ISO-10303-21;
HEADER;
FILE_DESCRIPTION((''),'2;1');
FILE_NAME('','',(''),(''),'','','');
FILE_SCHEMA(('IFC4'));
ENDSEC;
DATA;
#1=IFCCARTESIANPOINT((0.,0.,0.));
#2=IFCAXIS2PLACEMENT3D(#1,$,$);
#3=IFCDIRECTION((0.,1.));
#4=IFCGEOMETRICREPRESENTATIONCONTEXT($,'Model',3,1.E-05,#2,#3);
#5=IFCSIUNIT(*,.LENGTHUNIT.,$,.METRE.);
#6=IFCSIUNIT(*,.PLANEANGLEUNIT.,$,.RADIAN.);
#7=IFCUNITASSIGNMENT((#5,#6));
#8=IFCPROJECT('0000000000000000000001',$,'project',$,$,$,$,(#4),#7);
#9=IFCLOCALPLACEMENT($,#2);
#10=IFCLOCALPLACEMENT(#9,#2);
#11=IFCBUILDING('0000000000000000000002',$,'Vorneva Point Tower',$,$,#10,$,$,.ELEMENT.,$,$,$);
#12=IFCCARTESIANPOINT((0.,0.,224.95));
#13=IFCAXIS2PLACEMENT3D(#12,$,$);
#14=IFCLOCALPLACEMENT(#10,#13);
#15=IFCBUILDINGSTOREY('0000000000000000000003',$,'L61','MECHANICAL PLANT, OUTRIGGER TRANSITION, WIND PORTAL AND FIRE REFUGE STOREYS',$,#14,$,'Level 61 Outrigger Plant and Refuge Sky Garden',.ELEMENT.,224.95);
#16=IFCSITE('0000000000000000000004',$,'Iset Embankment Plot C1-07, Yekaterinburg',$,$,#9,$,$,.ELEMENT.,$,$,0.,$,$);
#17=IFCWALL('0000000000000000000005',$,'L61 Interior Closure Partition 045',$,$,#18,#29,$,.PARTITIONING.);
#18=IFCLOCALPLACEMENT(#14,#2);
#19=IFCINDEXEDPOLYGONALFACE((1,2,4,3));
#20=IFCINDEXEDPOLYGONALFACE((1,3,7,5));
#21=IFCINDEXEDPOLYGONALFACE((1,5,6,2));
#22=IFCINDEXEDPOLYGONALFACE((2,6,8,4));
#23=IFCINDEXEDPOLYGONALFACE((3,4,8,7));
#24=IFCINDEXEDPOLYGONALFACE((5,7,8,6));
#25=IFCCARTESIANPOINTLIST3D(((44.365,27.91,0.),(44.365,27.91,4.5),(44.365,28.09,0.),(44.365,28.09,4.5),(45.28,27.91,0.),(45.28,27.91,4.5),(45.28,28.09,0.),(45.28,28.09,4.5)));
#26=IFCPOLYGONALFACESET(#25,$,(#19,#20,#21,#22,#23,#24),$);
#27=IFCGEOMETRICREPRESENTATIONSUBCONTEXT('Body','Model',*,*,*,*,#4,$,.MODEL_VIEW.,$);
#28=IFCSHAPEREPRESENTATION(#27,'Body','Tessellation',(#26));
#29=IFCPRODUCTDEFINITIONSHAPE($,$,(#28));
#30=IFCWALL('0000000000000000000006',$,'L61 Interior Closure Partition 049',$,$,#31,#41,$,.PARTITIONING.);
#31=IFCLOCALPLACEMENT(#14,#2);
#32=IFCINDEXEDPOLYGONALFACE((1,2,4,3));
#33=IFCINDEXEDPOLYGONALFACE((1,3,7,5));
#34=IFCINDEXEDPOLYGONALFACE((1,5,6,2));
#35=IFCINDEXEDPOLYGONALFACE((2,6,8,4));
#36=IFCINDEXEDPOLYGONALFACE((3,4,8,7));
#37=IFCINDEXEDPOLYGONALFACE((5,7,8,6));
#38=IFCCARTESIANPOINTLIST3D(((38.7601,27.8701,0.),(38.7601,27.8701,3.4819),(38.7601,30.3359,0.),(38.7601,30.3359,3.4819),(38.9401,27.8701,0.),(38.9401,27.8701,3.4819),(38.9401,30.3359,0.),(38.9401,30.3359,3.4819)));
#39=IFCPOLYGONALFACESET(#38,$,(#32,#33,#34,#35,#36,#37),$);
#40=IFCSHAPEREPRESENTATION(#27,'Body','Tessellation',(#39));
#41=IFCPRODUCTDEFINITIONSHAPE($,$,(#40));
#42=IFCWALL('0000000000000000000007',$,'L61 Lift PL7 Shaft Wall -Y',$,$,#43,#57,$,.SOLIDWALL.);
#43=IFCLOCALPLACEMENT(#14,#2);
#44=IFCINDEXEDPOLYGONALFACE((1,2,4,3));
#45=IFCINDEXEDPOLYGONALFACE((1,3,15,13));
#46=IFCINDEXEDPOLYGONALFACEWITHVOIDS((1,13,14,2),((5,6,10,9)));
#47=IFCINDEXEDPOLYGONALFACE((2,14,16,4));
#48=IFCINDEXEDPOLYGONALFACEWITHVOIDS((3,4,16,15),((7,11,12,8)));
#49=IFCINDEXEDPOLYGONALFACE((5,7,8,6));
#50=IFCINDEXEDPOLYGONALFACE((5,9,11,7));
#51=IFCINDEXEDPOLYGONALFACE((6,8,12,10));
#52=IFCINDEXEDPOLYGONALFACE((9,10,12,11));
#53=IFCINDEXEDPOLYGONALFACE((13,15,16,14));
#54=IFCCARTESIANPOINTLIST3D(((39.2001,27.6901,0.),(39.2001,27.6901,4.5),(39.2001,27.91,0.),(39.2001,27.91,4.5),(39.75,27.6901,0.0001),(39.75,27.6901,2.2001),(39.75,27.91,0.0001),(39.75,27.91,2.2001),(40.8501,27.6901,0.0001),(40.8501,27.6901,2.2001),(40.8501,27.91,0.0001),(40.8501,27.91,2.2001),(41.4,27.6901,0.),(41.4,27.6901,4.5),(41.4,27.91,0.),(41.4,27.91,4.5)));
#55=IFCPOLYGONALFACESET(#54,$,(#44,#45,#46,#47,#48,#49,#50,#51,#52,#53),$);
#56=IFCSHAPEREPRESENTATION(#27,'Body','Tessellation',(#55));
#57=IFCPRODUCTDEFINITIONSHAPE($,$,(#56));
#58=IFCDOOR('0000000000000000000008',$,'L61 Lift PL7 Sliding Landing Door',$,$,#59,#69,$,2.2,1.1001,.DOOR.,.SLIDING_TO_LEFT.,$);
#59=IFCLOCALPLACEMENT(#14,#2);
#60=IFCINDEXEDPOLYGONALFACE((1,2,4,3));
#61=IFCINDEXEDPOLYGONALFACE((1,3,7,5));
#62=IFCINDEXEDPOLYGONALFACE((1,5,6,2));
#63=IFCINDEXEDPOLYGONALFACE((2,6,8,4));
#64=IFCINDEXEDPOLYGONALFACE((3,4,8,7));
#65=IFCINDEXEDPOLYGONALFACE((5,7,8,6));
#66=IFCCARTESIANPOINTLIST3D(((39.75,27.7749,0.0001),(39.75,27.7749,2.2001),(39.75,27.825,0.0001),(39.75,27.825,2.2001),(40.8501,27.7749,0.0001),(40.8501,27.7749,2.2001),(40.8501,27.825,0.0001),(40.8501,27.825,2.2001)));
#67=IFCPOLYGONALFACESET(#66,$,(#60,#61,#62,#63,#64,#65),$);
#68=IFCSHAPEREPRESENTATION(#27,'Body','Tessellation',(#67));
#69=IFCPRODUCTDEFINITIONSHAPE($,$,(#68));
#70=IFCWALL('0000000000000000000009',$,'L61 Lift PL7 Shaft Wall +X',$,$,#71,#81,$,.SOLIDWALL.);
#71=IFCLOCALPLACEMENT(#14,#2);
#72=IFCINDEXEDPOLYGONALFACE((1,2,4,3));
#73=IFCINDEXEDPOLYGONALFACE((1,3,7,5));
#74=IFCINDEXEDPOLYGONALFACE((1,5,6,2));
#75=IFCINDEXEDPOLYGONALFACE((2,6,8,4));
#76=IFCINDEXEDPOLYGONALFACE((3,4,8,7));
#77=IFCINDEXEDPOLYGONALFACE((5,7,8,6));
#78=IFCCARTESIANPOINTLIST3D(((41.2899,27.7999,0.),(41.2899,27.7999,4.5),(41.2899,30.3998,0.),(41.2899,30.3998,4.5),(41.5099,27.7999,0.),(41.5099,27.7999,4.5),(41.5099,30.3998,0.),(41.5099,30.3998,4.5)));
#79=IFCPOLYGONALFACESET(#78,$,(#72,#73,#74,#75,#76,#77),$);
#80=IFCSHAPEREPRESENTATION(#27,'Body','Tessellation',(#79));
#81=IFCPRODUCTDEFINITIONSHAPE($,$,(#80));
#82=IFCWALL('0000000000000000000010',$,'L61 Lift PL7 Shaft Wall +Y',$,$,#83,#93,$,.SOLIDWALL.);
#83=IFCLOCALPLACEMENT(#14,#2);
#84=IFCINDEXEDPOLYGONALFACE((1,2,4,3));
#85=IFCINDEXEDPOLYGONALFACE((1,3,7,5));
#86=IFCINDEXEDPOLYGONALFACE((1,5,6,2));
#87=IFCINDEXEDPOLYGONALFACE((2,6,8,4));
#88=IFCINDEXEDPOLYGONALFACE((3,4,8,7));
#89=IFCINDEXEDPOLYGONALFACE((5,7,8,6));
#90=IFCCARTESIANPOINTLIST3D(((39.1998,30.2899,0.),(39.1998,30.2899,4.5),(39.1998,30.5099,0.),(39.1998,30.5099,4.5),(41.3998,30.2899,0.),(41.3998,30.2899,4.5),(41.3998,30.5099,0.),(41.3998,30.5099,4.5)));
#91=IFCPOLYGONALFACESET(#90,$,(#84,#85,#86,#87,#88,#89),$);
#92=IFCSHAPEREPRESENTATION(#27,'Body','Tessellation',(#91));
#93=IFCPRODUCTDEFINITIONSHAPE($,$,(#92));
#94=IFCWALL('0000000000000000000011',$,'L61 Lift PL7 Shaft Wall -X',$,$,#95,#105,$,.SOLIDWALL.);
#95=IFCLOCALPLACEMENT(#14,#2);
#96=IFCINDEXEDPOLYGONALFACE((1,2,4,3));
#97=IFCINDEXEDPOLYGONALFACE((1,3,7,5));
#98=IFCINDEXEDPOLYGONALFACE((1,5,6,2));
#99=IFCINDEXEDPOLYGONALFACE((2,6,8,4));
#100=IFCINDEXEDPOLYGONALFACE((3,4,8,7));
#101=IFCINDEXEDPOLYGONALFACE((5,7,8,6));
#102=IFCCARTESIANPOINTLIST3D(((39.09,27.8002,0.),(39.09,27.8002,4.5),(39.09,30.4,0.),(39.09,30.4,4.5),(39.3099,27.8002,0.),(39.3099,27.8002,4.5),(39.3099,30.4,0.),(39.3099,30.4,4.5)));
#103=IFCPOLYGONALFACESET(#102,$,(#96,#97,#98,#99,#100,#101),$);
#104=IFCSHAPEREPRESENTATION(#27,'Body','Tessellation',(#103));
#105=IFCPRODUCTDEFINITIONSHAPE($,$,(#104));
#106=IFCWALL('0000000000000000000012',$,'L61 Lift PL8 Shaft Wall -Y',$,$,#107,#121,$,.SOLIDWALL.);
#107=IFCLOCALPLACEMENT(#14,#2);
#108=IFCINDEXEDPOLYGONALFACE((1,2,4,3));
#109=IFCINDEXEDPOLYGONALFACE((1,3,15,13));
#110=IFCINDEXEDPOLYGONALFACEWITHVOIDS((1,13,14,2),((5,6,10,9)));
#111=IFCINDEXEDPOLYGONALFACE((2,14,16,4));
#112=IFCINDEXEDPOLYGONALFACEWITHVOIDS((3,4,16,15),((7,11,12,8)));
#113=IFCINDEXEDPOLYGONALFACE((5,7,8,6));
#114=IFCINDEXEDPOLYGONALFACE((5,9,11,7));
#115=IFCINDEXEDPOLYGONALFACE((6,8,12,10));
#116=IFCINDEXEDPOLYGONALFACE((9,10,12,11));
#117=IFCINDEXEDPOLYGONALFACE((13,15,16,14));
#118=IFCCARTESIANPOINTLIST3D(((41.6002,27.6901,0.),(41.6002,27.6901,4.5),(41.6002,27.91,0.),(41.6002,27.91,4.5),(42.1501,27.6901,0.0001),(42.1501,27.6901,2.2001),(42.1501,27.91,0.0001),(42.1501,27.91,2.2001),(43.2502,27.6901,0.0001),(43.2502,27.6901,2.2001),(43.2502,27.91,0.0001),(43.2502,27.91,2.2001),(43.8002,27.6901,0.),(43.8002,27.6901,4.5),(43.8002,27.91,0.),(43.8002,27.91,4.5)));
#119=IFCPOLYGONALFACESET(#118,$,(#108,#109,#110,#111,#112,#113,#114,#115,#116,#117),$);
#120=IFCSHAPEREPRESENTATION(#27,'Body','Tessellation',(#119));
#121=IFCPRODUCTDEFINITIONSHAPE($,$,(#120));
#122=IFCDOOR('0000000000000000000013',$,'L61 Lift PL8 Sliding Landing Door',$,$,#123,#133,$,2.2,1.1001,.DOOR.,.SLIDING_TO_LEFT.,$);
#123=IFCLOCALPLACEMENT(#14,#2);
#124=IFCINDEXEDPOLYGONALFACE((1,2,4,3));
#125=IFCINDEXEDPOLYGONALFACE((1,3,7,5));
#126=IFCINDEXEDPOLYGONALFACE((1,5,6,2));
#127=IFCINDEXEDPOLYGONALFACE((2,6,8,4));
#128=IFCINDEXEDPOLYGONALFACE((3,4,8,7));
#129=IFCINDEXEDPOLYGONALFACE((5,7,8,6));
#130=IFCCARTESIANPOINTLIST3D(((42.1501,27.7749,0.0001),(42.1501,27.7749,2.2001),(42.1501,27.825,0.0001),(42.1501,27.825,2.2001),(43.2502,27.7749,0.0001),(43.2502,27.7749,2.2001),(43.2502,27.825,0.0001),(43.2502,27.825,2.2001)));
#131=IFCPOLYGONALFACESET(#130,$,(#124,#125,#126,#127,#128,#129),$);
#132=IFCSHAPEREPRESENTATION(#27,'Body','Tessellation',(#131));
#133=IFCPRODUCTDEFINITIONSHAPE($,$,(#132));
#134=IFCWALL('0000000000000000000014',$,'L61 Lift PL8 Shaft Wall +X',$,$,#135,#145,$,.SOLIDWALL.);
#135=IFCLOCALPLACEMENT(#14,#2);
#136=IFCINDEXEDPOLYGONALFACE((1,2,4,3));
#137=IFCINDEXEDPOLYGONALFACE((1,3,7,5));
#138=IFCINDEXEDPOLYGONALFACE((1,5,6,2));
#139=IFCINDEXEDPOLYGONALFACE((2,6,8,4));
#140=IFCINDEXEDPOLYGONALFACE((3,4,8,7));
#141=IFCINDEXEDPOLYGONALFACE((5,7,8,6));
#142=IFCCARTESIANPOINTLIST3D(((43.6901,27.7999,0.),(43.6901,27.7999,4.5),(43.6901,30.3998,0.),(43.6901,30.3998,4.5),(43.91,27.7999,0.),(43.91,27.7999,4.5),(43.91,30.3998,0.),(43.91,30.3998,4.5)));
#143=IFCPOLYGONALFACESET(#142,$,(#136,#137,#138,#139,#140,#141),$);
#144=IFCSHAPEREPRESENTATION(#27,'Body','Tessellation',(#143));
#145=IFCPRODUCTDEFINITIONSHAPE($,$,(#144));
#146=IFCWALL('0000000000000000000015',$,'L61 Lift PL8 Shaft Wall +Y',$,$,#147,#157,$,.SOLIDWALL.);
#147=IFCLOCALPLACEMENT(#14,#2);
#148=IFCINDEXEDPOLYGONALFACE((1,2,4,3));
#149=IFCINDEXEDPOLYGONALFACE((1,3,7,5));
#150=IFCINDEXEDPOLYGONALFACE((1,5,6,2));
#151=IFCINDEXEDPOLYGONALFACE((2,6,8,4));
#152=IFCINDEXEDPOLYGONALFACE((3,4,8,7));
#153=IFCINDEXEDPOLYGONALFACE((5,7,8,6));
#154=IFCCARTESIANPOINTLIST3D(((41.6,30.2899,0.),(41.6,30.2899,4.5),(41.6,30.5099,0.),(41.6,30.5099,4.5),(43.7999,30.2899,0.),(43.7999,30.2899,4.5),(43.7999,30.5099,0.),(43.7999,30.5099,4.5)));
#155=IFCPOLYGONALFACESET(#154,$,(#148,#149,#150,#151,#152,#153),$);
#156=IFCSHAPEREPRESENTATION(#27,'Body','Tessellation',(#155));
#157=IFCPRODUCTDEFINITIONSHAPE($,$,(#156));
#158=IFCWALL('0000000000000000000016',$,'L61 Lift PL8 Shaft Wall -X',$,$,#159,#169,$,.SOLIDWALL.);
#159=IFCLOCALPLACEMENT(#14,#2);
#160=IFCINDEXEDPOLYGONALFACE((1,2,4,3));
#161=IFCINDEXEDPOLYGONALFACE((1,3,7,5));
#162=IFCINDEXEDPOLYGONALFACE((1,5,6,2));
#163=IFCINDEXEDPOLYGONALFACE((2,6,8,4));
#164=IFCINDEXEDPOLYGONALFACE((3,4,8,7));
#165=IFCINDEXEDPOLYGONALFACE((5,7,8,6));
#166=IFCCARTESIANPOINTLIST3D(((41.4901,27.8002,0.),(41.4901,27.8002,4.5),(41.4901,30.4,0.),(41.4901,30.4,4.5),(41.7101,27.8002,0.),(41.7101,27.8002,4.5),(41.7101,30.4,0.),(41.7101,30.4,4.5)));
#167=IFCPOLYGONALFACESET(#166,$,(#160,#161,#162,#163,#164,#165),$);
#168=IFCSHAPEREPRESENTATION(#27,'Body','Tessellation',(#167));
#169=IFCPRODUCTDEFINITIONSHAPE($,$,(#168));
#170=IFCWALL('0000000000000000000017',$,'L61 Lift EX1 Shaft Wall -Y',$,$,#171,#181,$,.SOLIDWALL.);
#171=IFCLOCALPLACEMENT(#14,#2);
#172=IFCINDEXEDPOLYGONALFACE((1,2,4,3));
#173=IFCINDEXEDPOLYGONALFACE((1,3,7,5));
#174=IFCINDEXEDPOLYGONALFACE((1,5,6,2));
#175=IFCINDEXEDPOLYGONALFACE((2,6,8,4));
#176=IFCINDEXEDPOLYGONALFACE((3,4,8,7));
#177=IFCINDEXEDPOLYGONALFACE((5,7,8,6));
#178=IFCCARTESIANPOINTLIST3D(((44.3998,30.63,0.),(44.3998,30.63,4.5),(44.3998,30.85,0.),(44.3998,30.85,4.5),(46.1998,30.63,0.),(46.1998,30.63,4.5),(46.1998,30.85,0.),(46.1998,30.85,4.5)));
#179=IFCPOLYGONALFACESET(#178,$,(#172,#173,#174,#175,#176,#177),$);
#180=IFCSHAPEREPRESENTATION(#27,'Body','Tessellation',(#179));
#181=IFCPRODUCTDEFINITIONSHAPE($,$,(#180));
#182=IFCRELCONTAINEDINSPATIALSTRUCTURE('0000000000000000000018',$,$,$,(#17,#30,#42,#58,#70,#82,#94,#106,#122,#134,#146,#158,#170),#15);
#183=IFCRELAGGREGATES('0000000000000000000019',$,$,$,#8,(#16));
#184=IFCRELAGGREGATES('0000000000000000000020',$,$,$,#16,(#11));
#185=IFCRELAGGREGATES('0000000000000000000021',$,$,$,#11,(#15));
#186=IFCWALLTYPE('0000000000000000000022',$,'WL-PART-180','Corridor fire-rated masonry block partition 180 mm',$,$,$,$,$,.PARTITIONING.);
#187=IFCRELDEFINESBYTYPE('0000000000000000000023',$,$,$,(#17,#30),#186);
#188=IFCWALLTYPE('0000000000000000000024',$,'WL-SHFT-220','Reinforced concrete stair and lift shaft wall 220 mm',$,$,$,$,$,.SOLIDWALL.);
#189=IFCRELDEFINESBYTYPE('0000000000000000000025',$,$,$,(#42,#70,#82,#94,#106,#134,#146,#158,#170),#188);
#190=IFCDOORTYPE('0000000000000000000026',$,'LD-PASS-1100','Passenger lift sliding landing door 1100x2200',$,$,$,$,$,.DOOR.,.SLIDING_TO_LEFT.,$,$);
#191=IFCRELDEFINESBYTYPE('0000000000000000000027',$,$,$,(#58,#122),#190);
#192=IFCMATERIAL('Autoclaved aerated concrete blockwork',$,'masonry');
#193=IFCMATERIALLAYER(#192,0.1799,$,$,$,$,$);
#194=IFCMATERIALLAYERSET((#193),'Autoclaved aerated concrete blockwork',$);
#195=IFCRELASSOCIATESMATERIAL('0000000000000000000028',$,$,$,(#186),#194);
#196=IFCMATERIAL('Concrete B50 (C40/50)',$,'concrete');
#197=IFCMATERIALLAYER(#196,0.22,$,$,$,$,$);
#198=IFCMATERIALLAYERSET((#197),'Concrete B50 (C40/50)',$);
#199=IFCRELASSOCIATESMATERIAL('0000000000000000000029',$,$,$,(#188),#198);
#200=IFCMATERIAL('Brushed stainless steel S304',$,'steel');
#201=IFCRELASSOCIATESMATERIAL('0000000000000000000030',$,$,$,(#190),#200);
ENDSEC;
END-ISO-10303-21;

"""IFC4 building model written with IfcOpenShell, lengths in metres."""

from ifc_helpers import new_model, si_unit, direction, frame, frame_2d, origin, place, context, subcontext, project, spatial, rectangle, extrude, material, layer, layer_set, type_object, element, fill, save


model = new_model("IFC4")

# Units and contexts
model_context = context("Model", 3, precision=1e-05, world=origin(), true_north=direction((0.0, 1.0)))
body_context = subcontext(model_context, "Body", "Model", "MODEL_VIEW")
ifc_project = project(units=[si_unit("LENGTHUNIT", "METRE"), si_unit("PLANEANGLEUNIT", "RADIAN")], contexts=[model_context])

# Site, building, storey
site_placement = place(None, origin())
site = spatial("IfcSite", under=ifc_project, at=site_placement, Name="Iset Embankment Plot C1-07, Yekaterinburg", CompositionType="ELEMENT", RefElevation=0.0)
building_placement = place(site_placement, origin())
building = spatial("IfcBuilding", under=site, at=building_placement, Name="Vorneva Point Tower", CompositionType="ELEMENT")
storey_placement = place(building_placement, frame((0.0, 0.0, 224.95)))
storey = spatial("IfcBuildingStorey", under=building, at=storey_placement, Name="L61", Description="MECHANICAL PLANT, OUTRIGGER TRANSITION, WIND PORTAL AND FIRE REFUGE STOREYS", LongName="Level 61 Outrigger Plant and Refuge Sky Garden", CompositionType="ELEMENT", Elevation=224.95)

# Shared definitions
ifc_material_1 = material(Name="Concrete B50 (C40/50)", Category="concrete")

# Shared definitions
ifc_material_2 = material(Name="Brushed stainless steel S304", Category="steel")

# Shared definitions
ifc_material_3 = material(Name="Autoclaved aerated concrete blockwork", Category="masonry")
ifc_layer_1 = layer(ifc_material_3, 0.1799)
ifc_layer_set_1 = layer_set([ifc_layer_1], Name="Autoclaved aerated concrete blockwork")
wall_type_1 = type_object("IfcWallType", Name="WL-PART-180", Description="Corridor fire-rated masonry block partition 180 mm", PredefinedType="PARTITIONING", material=ifc_layer_set_1)

# Walls
wall_1_placement = place(storey_placement, frame((45.28, 28.0, 0.0), z_axis=(0.0, 0.0, 1.0), x_axis=(-1.0, 0.0, 0.0)))
element("IfcWall", 1, at=wall_1_placement, inside=storey, type_object=wall_type_1, Name="L61 Interior Closure Partition 045", PredefinedType="PARTITIONING", context=body_context, shape_type="SweptSolid", body=[
    extrude(rectangle(XDim=0.915, YDim=0.1799, at=frame_2d((0.4575, 0.0))), origin(), (0.0, 0.0, 1.0), 4.5),
])
wall_2_placement = place(storey_placement, frame((38.8501, 27.8701, 0.0), z_axis=(0.0, 0.0, 1.0), x_axis=(0.0, 1.0, 0.0)))
element("IfcWall", 2, at=wall_2_placement, inside=storey, type_object=wall_type_1, Name="L61 Interior Closure Partition 049", PredefinedType="PARTITIONING", context=body_context, shape_type="SweptSolid", body=[
    extrude(rectangle(XDim=2.4658, YDim=0.1799, at=frame_2d((1.2329, 0.0))), origin(), (0.0, 0.0, 1.0), 3.4819),
])

# Wall, opening, door
ifc_layer_2 = layer(ifc_material_1, 0.22)
ifc_layer_set_2 = layer_set([ifc_layer_2], Name="Concrete B50 (C40/50)")
wall_type_2 = type_object("IfcWallType", Name="WL-SHFT-220", Description="Reinforced concrete stair and lift shaft wall 220 mm", PredefinedType="SOLIDWALL", material=ifc_layer_set_2)
wall_3_placement = place(storey_placement, frame((39.2, 27.8, 0.0), z_axis=(0.0, 0.0, 1.0), x_axis=(1.0, 0.0, 0.0)))
wall_3 = element("IfcWall", 3, at=wall_3_placement, inside=storey, type_object=wall_type_2, Name="L61 Lift PL7 Shaft Wall -Y", PredefinedType="SOLIDWALL", context=body_context, shape_type="SweptSolid", body=[
    extrude(rectangle(XDim=2.2, YDim=0.22, at=frame_2d((1.1001, 0.0))), origin(), (0.0, 0.0, 1.0), 4.5),
])
opening_1_placement = place(wall_3_placement, frame((0.55, 0.0, 0.0)))
opening_1 = element("IfcOpeningElement", 4, at=opening_1_placement, cuts=wall_3, PredefinedType="OPENING", context=body_context, shape_type="SweptSolid", body=[
    extrude(rectangle(XDim=1.1001, YDim=2.2, at=frame_2d((0.55, 1.1001))), frame((0.0, 0.125, 0.0), z_axis=(0.0, -1.0, 0.0), x_axis=(1.0, 0.0, 0.0)), (0.0, 0.0, 1.0), 0.2498),
])
door_type_1 = type_object("IfcDoorType", Name="LD-PASS-1100", Description="Passenger lift sliding landing door 1100x2200", OperationType="SLIDING_TO_LEFT", PredefinedType="DOOR", material=ifc_material_2)
door_1_placement = place(opening_1_placement, origin())
door_1 = element("IfcDoor", 5, at=door_1_placement, inside=storey, type_object=door_type_1, Name="L61 Lift PL7 Sliding Landing Door", OperationType="SLIDING_TO_LEFT", OverallHeight=2.2, OverallWidth=1.1001, PredefinedType="DOOR", context=body_context, shape_type="SweptSolid", body=[
    extrude(rectangle(XDim=1.1001, YDim=2.2, at=frame_2d((0.55, 1.1001))), frame((0.0, 0.0249, 0.0), z_axis=(0.0, -1.0, 0.0), x_axis=(1.0, 0.0, 0.0)), (0.0, 0.0, 1.0), 0.05),
])
fill(opening_1, door_1)

# Walls
wall_4_placement = place(storey_placement, frame((41.3999, 27.8, 0.0), z_axis=(0.0, 0.0, 1.0), x_axis=(0.0, 1.0, 0.0)))
element("IfcWall", 6, at=wall_4_placement, inside=storey, type_object=wall_type_2, Name="L61 Lift PL7 Shaft Wall +X", PredefinedType="SOLIDWALL", context=body_context, shape_type="SweptSolid", body=[
    extrude(rectangle(XDim=2.5999, YDim=0.22, at=frame_2d((1.2998, 0.0))), origin(), (0.0, 0.0, 1.0), 4.5),
])
wall_5_placement = place(storey_placement, frame((41.3999, 30.3999, 0.0), z_axis=(0.0, 0.0, 1.0), x_axis=(-1.0, 0.0, 0.0)))
element("IfcWall", 7, at=wall_5_placement, inside=storey, type_object=wall_type_2, Name="L61 Lift PL7 Shaft Wall +Y", PredefinedType="SOLIDWALL", context=body_context, shape_type="SweptSolid", body=[
    extrude(rectangle(XDim=2.2, YDim=0.22, at=frame_2d((1.1001, 0.0))), origin(), (0.0, 0.0, 1.0), 4.5),
])
wall_6_placement = place(storey_placement, frame((39.2, 30.3999, 0.0), z_axis=(0.0, 0.0, 1.0), x_axis=(0.0, -1.0, 0.0)))
element("IfcWall", 8, at=wall_6_placement, inside=storey, type_object=wall_type_2, Name="L61 Lift PL7 Shaft Wall -X", PredefinedType="SOLIDWALL", context=body_context, shape_type="SweptSolid", body=[
    extrude(rectangle(XDim=2.5999, YDim=0.22, at=frame_2d((1.2998, 0.0))), origin(), (0.0, 0.0, 1.0), 4.5),
])

# Wall, opening, door
wall_7_placement = place(storey_placement, frame((41.6001, 27.8, 0.0), z_axis=(0.0, 0.0, 1.0), x_axis=(1.0, 0.0, 0.0)))
wall_7 = element("IfcWall", 9, at=wall_7_placement, inside=storey, type_object=wall_type_2, Name="L61 Lift PL8 Shaft Wall -Y", PredefinedType="SOLIDWALL", context=body_context, shape_type="SweptSolid", body=[
    extrude(rectangle(XDim=2.2, YDim=0.22, at=frame_2d((1.1001, 0.0))), origin(), (0.0, 0.0, 1.0), 4.5),
])
opening_2_placement = place(wall_7_placement, frame((0.55, 0.0, 0.0)))
opening_2 = element("IfcOpeningElement", 10, at=opening_2_placement, cuts=wall_7, PredefinedType="OPENING", context=body_context, shape_type="SweptSolid", body=[
    extrude(rectangle(XDim=1.1001, YDim=2.2, at=frame_2d((0.55, 1.1001))), frame((0.0, 0.125, 0.0), z_axis=(0.0, -1.0, 0.0), x_axis=(1.0, 0.0, 0.0)), (0.0, 0.0, 1.0), 0.2498),
])
door_2_placement = place(opening_2_placement, origin())
door_2 = element("IfcDoor", 11, at=door_2_placement, inside=storey, type_object=door_type_1, Name="L61 Lift PL8 Sliding Landing Door", OperationType="SLIDING_TO_LEFT", OverallHeight=2.2, OverallWidth=1.1001, PredefinedType="DOOR", context=body_context, shape_type="SweptSolid", body=[
    extrude(rectangle(XDim=1.1001, YDim=2.2, at=frame_2d((0.55, 1.1001))), frame((0.0, 0.0249, 0.0), z_axis=(0.0, -1.0, 0.0), x_axis=(1.0, 0.0, 0.0)), (0.0, 0.0, 1.0), 0.05),
])
fill(opening_2, door_2)

# Walls
wall_8_placement = place(storey_placement, frame((43.8, 27.8, 0.0), z_axis=(0.0, 0.0, 1.0), x_axis=(0.0, 1.0, 0.0)))
element("IfcWall", 12, at=wall_8_placement, inside=storey, type_object=wall_type_2, Name="L61 Lift PL8 Shaft Wall +X", PredefinedType="SOLIDWALL", context=body_context, shape_type="SweptSolid", body=[
    extrude(rectangle(XDim=2.5999, YDim=0.22, at=frame_2d((1.2998, 0.0))), origin(), (0.0, 0.0, 1.0), 4.5),
])
wall_9_placement = place(storey_placement, frame((43.8, 30.3999, 0.0), z_axis=(0.0, 0.0, 1.0), x_axis=(-1.0, 0.0, 0.0)))
element("IfcWall", 13, at=wall_9_placement, inside=storey, type_object=wall_type_2, Name="L61 Lift PL8 Shaft Wall +Y", PredefinedType="SOLIDWALL", context=body_context, shape_type="SweptSolid", body=[
    extrude(rectangle(XDim=2.2, YDim=0.22, at=frame_2d((1.1001, 0.0))), origin(), (0.0, 0.0, 1.0), 4.5),
])
wall_10_placement = place(storey_placement, frame((41.6001, 30.3999, 0.0), z_axis=(0.0, 0.0, 1.0), x_axis=(0.0, -1.0, 0.0)))
element("IfcWall", 14, at=wall_10_placement, inside=storey, type_object=wall_type_2, Name="L61 Lift PL8 Shaft Wall -X", PredefinedType="SOLIDWALL", context=body_context, shape_type="SweptSolid", body=[
    extrude(rectangle(XDim=2.5999, YDim=0.22, at=frame_2d((1.2998, 0.0))), origin(), (0.0, 0.0, 1.0), 4.5),
])
wall_11_placement = place(storey_placement, frame((44.3999, 30.74, 0.0), z_axis=(0.0, 0.0, 1.0), x_axis=(1.0, 0.0, 0.0)))
element("IfcWall", 15, at=wall_11_placement, inside=storey, type_object=wall_type_2, Name="L61 Lift EX1 Shaft Wall -Y", PredefinedType="SOLIDWALL", context=body_context, shape_type="SweptSolid", body=[
    extrude(rectangle(XDim=1.8, YDim=0.22, at=frame_2d((0.8999, 0.0))), origin(), (0.0, 0.0, 1.0), 4.5),
])

save(model, "model.ifc")
